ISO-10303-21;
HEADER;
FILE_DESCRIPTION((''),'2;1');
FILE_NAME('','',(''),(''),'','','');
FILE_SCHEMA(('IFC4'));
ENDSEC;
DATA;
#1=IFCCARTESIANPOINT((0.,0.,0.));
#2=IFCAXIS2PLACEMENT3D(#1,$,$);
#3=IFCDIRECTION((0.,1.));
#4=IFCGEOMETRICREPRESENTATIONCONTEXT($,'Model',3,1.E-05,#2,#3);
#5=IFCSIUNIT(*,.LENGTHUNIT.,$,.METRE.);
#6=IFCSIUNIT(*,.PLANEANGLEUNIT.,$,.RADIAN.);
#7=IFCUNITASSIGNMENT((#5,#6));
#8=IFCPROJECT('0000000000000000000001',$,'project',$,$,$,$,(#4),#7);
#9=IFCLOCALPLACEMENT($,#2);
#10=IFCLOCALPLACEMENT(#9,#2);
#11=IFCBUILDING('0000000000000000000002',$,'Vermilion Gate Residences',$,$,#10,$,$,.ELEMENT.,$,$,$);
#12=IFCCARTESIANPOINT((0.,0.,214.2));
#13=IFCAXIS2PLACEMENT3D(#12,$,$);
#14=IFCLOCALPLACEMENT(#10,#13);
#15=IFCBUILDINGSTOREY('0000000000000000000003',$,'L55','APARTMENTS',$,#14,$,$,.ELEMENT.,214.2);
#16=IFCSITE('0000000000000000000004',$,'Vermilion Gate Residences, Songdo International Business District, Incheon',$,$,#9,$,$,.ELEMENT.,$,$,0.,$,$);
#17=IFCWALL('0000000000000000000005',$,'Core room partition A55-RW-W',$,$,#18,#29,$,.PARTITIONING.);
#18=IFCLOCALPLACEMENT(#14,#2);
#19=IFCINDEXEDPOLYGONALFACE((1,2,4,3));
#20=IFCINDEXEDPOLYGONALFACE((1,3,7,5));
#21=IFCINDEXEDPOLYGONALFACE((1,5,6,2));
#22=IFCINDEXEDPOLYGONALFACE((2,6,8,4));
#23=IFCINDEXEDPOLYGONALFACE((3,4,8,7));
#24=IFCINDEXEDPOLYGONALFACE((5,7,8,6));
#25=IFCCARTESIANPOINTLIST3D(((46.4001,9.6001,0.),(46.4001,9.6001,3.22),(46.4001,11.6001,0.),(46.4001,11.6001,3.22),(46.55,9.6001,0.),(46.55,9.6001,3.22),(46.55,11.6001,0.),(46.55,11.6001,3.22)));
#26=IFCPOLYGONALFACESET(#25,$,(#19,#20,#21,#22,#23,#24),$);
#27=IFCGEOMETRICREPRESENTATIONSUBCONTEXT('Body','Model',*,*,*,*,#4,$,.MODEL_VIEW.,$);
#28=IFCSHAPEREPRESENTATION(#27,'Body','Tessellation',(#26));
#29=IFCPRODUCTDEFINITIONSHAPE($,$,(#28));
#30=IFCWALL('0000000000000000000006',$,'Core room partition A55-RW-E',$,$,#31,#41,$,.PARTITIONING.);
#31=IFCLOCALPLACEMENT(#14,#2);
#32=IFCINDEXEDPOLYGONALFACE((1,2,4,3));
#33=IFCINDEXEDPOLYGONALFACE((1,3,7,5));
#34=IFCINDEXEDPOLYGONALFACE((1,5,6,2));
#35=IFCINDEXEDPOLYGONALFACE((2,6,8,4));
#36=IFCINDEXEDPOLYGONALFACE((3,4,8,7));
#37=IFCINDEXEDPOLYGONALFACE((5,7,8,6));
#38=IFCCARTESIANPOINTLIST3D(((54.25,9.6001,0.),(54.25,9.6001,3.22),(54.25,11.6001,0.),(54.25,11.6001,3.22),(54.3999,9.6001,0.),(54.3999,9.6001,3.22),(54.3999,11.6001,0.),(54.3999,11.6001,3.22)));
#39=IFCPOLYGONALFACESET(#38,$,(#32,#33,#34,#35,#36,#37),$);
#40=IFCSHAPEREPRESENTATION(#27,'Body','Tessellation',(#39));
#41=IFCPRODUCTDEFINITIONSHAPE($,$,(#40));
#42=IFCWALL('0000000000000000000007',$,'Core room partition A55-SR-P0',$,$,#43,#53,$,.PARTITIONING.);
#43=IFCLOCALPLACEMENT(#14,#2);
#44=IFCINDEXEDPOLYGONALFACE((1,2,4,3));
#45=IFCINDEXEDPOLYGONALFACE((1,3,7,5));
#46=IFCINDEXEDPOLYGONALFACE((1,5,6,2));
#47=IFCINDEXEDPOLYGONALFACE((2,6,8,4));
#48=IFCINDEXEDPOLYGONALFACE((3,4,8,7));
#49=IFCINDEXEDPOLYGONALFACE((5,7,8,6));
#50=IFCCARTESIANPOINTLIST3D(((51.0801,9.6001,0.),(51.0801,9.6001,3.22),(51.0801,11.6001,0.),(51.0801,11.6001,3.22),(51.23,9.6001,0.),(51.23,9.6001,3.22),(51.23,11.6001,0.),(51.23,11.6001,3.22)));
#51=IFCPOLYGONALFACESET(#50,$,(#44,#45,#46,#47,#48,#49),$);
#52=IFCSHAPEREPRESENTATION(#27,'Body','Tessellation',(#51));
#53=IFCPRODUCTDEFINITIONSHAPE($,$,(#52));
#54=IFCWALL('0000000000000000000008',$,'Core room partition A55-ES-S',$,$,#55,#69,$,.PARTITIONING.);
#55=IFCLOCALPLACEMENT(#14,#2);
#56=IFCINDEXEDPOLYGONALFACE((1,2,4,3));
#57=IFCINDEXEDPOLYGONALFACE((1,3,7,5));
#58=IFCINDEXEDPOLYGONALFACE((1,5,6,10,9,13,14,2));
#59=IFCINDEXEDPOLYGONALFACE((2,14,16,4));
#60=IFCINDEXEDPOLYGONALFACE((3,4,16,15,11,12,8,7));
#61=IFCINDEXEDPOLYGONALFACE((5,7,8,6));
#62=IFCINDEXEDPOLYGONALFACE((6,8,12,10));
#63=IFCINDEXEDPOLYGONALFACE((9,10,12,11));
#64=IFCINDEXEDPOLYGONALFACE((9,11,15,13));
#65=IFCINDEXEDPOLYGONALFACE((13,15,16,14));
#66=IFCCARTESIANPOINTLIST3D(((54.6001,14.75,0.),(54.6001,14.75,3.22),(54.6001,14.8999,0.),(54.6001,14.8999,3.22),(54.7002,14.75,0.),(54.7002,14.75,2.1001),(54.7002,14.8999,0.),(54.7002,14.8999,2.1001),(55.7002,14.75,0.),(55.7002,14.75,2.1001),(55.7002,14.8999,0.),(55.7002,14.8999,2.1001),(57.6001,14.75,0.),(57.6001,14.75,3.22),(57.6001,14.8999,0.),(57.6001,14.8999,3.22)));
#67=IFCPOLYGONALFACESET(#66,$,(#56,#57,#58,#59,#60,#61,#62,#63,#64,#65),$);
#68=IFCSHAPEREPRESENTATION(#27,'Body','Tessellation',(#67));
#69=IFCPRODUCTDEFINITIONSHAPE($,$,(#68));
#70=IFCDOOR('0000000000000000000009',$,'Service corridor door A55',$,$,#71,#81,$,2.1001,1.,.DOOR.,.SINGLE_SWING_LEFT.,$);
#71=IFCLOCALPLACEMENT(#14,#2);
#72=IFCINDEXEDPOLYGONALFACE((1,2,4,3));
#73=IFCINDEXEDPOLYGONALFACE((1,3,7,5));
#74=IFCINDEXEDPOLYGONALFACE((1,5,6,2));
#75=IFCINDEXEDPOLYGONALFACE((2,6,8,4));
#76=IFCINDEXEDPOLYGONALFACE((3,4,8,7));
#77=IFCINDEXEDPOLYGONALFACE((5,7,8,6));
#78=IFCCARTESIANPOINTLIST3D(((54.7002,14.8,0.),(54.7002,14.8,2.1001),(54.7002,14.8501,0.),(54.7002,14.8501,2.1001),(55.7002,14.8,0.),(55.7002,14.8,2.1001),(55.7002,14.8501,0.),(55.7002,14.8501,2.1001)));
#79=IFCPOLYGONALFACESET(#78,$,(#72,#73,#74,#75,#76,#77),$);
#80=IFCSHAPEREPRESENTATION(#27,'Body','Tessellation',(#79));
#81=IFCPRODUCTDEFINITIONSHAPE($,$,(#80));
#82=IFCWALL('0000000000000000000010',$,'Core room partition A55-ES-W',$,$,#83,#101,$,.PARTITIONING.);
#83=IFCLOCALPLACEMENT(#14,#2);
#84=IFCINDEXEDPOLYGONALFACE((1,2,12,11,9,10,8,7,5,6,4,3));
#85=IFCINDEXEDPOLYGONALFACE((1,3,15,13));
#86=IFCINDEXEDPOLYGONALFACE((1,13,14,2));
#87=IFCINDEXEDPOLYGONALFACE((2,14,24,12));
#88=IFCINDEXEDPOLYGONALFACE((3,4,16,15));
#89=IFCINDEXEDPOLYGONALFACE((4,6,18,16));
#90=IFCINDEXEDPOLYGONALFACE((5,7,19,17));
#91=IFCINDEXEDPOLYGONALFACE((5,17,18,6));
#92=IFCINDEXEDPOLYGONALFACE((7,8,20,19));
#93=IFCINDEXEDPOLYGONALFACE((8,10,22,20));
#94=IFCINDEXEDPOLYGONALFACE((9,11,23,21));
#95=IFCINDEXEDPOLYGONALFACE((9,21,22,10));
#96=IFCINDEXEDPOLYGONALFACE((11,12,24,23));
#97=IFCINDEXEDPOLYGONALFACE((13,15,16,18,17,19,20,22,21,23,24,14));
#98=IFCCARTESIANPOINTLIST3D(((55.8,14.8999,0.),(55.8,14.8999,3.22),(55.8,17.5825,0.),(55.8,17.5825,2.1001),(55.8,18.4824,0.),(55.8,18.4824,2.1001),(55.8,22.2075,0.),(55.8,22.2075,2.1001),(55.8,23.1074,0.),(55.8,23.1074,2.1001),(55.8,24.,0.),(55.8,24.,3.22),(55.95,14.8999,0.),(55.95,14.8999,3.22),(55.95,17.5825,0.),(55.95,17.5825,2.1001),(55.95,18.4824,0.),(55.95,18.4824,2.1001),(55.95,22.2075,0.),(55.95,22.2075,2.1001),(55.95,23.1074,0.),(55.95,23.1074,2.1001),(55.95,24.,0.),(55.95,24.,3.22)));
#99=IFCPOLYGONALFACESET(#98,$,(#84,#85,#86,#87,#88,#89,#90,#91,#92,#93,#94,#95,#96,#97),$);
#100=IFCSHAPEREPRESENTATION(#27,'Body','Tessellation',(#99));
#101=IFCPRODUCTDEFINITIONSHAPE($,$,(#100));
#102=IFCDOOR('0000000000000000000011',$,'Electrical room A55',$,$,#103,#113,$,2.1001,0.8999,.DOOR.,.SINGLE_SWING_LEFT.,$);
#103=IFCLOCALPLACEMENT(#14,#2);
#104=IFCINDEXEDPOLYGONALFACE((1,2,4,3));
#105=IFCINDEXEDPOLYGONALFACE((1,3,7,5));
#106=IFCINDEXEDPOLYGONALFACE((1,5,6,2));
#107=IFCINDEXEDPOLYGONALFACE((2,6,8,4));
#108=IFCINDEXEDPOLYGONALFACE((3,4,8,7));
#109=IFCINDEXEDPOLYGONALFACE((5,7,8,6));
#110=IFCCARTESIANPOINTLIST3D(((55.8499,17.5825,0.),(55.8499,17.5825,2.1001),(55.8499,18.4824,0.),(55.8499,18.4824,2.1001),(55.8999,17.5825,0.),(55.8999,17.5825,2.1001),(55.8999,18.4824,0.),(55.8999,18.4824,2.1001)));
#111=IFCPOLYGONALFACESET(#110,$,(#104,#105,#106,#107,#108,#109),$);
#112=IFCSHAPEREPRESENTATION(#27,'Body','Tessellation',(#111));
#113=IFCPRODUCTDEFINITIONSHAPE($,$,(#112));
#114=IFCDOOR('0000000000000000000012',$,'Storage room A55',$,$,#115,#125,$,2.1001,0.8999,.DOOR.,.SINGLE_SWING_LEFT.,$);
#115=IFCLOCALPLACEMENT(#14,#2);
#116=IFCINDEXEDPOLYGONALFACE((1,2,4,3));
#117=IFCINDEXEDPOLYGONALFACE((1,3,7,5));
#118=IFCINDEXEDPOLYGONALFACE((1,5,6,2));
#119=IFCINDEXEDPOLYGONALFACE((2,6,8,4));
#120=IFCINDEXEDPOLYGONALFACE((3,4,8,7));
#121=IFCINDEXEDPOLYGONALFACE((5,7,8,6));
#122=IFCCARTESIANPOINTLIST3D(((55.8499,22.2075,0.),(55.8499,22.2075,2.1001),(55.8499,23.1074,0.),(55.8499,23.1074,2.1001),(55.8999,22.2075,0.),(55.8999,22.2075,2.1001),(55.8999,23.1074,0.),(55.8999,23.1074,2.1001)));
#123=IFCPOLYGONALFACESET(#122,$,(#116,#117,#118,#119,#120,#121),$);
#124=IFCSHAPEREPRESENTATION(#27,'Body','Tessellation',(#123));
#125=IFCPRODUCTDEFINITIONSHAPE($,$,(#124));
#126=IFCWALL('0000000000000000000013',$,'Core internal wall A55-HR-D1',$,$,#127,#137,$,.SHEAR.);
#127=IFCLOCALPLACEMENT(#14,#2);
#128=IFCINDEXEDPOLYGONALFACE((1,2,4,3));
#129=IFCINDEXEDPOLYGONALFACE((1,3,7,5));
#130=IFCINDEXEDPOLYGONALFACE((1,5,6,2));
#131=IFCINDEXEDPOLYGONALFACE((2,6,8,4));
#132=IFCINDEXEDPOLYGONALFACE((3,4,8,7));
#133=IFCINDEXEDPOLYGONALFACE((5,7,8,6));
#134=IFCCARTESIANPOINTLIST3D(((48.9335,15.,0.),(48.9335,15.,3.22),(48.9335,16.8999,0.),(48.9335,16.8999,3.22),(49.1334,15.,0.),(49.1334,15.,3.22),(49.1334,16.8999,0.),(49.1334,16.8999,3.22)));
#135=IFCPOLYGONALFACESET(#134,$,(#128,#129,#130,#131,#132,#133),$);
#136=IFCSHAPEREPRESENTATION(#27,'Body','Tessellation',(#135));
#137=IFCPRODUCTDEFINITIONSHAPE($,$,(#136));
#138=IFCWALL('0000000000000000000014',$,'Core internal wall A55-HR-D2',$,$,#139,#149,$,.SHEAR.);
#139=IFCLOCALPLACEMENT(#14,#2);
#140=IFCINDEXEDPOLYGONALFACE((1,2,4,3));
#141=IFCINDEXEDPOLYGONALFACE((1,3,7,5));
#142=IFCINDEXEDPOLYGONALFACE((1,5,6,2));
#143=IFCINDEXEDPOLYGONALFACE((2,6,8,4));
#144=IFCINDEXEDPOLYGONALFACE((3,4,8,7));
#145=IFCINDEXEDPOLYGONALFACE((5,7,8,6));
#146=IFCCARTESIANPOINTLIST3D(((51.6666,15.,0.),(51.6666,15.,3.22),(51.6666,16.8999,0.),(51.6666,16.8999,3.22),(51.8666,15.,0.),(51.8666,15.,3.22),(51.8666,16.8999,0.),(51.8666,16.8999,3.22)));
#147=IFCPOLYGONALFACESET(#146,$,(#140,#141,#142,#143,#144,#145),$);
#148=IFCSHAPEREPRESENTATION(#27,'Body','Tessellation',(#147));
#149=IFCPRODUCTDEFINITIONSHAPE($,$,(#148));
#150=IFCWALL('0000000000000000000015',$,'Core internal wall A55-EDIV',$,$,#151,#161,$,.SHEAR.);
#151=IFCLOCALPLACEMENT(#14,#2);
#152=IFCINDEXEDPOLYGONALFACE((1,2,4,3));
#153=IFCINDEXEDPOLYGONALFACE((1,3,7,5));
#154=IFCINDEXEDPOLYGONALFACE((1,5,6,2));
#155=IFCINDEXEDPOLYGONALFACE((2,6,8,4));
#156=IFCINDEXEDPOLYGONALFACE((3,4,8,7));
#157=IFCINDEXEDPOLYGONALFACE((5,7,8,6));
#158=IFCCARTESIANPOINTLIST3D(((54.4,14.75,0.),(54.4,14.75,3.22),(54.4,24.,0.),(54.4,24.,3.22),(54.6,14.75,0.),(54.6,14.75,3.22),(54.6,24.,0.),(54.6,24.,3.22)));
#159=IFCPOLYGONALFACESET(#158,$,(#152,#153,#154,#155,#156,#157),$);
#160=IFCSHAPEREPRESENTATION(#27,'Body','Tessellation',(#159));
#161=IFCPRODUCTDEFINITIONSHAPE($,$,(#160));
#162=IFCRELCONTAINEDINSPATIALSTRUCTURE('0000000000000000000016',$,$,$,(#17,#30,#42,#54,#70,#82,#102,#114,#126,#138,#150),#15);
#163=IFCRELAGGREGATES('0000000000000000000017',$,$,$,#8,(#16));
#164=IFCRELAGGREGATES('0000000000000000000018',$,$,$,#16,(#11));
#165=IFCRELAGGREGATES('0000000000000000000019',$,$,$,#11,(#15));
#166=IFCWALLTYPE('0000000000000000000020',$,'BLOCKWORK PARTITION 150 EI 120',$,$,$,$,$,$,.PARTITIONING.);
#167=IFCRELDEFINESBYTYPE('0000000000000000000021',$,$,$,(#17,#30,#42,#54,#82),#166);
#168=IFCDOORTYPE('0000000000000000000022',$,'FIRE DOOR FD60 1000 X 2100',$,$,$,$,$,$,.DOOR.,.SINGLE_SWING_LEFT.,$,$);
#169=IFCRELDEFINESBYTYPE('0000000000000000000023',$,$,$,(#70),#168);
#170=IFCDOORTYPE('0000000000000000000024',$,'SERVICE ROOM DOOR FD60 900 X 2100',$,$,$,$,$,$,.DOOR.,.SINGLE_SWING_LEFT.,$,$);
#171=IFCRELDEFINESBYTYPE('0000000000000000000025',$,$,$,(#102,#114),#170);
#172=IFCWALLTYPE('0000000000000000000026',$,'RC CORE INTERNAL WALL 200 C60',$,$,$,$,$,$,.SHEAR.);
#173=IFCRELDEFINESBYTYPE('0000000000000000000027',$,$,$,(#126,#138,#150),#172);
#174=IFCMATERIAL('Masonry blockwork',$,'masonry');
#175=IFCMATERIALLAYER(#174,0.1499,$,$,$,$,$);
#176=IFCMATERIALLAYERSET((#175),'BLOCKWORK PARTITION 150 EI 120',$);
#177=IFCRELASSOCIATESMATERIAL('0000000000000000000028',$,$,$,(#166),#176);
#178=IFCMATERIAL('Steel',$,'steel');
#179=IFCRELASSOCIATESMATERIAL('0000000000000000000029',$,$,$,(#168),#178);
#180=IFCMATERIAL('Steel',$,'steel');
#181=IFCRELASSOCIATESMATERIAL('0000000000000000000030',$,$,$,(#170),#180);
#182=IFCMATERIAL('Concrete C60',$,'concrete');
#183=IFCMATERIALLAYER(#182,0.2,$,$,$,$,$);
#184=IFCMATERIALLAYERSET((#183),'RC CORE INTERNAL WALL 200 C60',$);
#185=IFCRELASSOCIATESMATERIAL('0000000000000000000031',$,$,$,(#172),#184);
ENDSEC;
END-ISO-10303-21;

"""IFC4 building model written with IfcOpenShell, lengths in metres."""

from ifc_helpers import new_model, si_unit, direction, frame, frame_2d, origin, place, context, subcontext, project, spatial, rectangle, extrude, material, layer, layer_set, type_object, element, fill, save


model = new_model("IFC4")

# Units and contexts
model_context = context("Model", 3, precision=1e-05, world=origin(), true_north=direction((0.0, 1.0)))
body_context = subcontext(model_context, "Body", "Model", "MODEL_VIEW")
ifc_project = project(units=[si_unit("LENGTHUNIT", "METRE"), si_unit("PLANEANGLEUNIT", "RADIAN")], contexts=[model_context])

# Site, building, storey
site_placement = place(None, origin())
site = spatial("IfcSite", under=ifc_project, at=site_placement, Name="Vermilion Gate Residences, Songdo International Business District, Incheon", CompositionType="ELEMENT", RefElevation=0.0)
building_placement = place(site_placement, origin())
building = spatial("IfcBuilding", under=site, at=building_placement, Name="Vermilion Gate Residences", CompositionType="ELEMENT")
storey_placement = place(building_placement, frame((0.0, 0.0, 214.2)))
storey = spatial("IfcBuildingStorey", under=building, at=storey_placement, Name="L55", Description="APARTMENTS", CompositionType="ELEMENT", Elevation=214.2)

# Walls
ifc_material_1 = material(Name="Masonry blockwork", Category="masonry")
ifc_layer_1 = layer(ifc_material_1, 0.1499)
ifc_layer_set_1 = layer_set([ifc_layer_1], Name="BLOCKWORK PARTITION 150 EI 120")
wall_type_1 = type_object("IfcWallType", Name="BLOCKWORK PARTITION 150 EI 120", PredefinedType="PARTITIONING", material=ifc_layer_set_1)
for number, where, z_axis, x_axis, name in (
    (1, (46.4751, 9.6001, 0.0), (0.0, 0.0, 1.0), (0.0, 1.0, 0.0), "Core room partition A55-RW-W"),
    (2, (54.325, 9.6001, 0.0), (0.0, 0.0, 1.0), (0.0, 1.0, 0.0), "Core room partition A55-RW-E"),
    (3, (51.155, 9.6001, 0.0), (0.0, 0.0, 1.0), (0.0, 1.0, 0.0), "Core room partition A55-SR-P0"),
):
    element("IfcWall", number, at=place(storey_placement, frame(where, z_axis=z_axis, x_axis=x_axis)), inside=storey, type_object=wall_type_1, Name=name, PredefinedType="PARTITIONING", context=body_context, shape_type="SweptSolid", body=[
        extrude(rectangle(XDim=2.0, YDim=0.1499, at=frame_2d((1.0, 0.0))), origin(), (0.0, 0.0, 1.0), 3.22),
    ])

# Wall, opening, door
wall_1_placement = place(storey_placement, frame((54.6001, 14.825, 0.0), z_axis=(0.0, 0.0, 1.0), x_axis=(1.0, 0.0, 0.0)))
wall_1 = element("IfcWall", 4, at=wall_1_placement, inside=storey, type_object=wall_type_1, Name="Core room partition A55-ES-S", PredefinedType="PARTITIONING", context=body_context, shape_type="SweptSolid", body=[
    extrude(rectangle(XDim=3.0, YDim=0.1499, at=frame_2d((1.5, 0.0))), origin(), (0.0, 0.0, 1.0), 3.22),
])
opening_1_placement = place(wall_1_placement, frame((0.1001, 0.0, 0.0)))
opening_1 = element("IfcOpeningElement", 5, at=opening_1_placement, cuts=wall_1, PredefinedType="OPENING", context=body_context, shape_type="SweptSolid", body=[
    extrude(rectangle(XDim=1.0, YDim=2.1001, at=frame_2d((0.5, 1.05))), frame((0.0, 0.085, 0.0), z_axis=(0.0, -1.0, 0.0), x_axis=(1.0, 0.0, 0.0)), (0.0, 0.0, 1.0), 0.1699),
])
ifc_material_2 = material(Name="Steel", Category="steel")
door_type_1 = type_object("IfcDoorType", Name="FIRE DOOR FD60 1000 X 2100", OperationType="SINGLE_SWING_LEFT", PredefinedType="DOOR", material=ifc_material_2)
door_1_placement = place(opening_1_placement, frame((1.0, 0.0, 0.0), z_axis=(0.0, 0.0, 1.0), x_axis=(-1.0, 0.0, 0.0)))
door_1 = element("IfcDoor", 6, at=door_1_placement, inside=storey, type_object=door_type_1, Name="Service corridor door A55", OperationType="SINGLE_SWING_LEFT", OverallHeight=2.1001, OverallWidth=1.0, PredefinedType="DOOR", context=body_context, shape_type="SweptSolid", body=[
    extrude(rectangle(XDim=1.0, YDim=2.1001, at=frame_2d((0.5, 1.05))), frame((0.0, 0.0249, 0.0), z_axis=(0.0, -1.0, 0.0), x_axis=(1.0, 0.0, 0.0)), (0.0, 0.0, 1.0), 0.05),
])
fill(opening_1, door_1)

# Wall, openings, doors
wall_2_placement = place(storey_placement, frame((55.875, 14.8999, 0.0), z_axis=(0.0, 0.0, 1.0), x_axis=(0.0, 1.0, 0.0)))
wall_2 = element("IfcWall", 7, at=wall_2_placement, inside=storey, type_object=wall_type_1, Name="Core room partition A55-ES-W", PredefinedType="PARTITIONING", context=body_context, shape_type="SweptSolid", body=[
    extrude(rectangle(XDim=9.1001, YDim=0.1499, at=frame_2d((4.55, 0.0))), origin(), (0.0, 0.0, 1.0), 3.22),
])
opening_2_placement = place(wall_2_placement, frame((2.6826, 0.0, 0.0)))
opening_2 = element("IfcOpeningElement", 8, at=opening_2_placement, cuts=wall_2, PredefinedType="OPENING", context=body_context, shape_type="SweptSolid", body=[
    extrude(rectangle(XDim=0.8999, YDim=2.1001, at=frame_2d((0.45, 1.05))), frame((0.0, 0.085, 0.0), z_axis=(0.0, -1.0, 0.0), x_axis=(1.0, 0.0, 0.0)), (0.0, 0.0, 1.0), 0.1699),
])
opening_3_placement = place(wall_2_placement, frame((7.3076, 0.0, 0.0)))
opening_3 = element("IfcOpeningElement", 9, at=opening_3_placement, cuts=wall_2, PredefinedType="OPENING", context=body_context, shape_type="SweptSolid", body=[
    extrude(rectangle(XDim=0.8999, YDim=2.1001, at=frame_2d((0.45, 1.05))), frame((0.0, 0.085, 0.0), z_axis=(0.0, -1.0, 0.0), x_axis=(1.0, 0.0, 0.0)), (0.0, 0.0, 1.0), 0.1699),
])
ifc_material_3 = material(Name="Steel", Category="steel")
door_type_2 = type_object("IfcDoorType", Name="SERVICE ROOM DOOR FD60 900 X 2100", OperationType="SINGLE_SWING_LEFT", PredefinedType="DOOR", material=ifc_material_3)
door_2_placement = place(opening_2_placement, frame((0.8999, 0.0, 0.0), z_axis=(0.0, 0.0, 1.0), x_axis=(-1.0, 0.0, 0.0)))
door_2 = element("IfcDoor", 10, at=door_2_placement, inside=storey, type_object=door_type_2, Name="Electrical room A55", OperationType="SINGLE_SWING_LEFT", OverallHeight=2.1001, OverallWidth=0.8999, PredefinedType="DOOR", context=body_context, shape_type="SweptSolid", body=[
    extrude(rectangle(XDim=0.8999, YDim=2.1001, at=frame_2d((0.45, 1.05))), frame((0.0, 0.0249, 0.0), z_axis=(0.0, -1.0, 0.0), x_axis=(1.0, 0.0, 0.0)), (0.0, 0.0, 1.0), 0.05),
])
fill(opening_2, door_2)
door_3_placement = place(opening_3_placement, frame((0.8999, 0.0, 0.0), z_axis=(0.0, 0.0, 1.0), x_axis=(-1.0, 0.0, 0.0)))
door_3 = element("IfcDoor", 11, at=door_3_placement, inside=storey, type_object=door_type_2, Name="Storage room A55", OperationType="SINGLE_SWING_LEFT", OverallHeight=2.1001, OverallWidth=0.8999, PredefinedType="DOOR", context=body_context, shape_type="SweptSolid", body=[
    extrude(rectangle(XDim=0.8999, YDim=2.1001, at=frame_2d((0.45, 1.05))), frame((0.0, 0.0249, 0.0), z_axis=(0.0, -1.0, 0.0), x_axis=(1.0, 0.0, 0.0)), (0.0, 0.0, 1.0), 0.05),
])
fill(opening_3, door_3)

# Walls
ifc_material_4 = material(Name="Concrete C60", Category="concrete")
ifc_layer_2 = layer(ifc_material_4, 0.2)
ifc_layer_set_2 = layer_set([ifc_layer_2], Name="RC CORE INTERNAL WALL 200 C60")
wall_type_2 = type_object("IfcWallType", Name="RC CORE INTERNAL WALL 200 C60", PredefinedType="SHEAR", material=ifc_layer_set_2)
for number, where, z_axis, x_axis, name in (
    (12, (49.0334, 15.0, 0.0), (0.0, 0.0, 1.0), (0.0, 1.0, 0.0), "Core internal wall A55-HR-D1"),
    (13, (51.7666, 15.0, 0.0), (0.0, 0.0, 1.0), (0.0, 1.0, 0.0), "Core internal wall A55-HR-D2"),
):
    element("IfcWall", number, at=place(storey_placement, frame(where, z_axis=z_axis, x_axis=x_axis)), inside=storey, type_object=wall_type_2, Name=name, PredefinedType="SHEAR", context=body_context, shape_type="SweptSolid", body=[
        extrude(rectangle(XDim=1.8999, YDim=0.2, at=frame_2d((0.95, 0.0))), origin(), (0.0, 0.0, 1.0), 3.22),
    ])
wall_3_placement = place(storey_placement, frame((54.5, 14.75, 0.0), z_axis=(0.0, 0.0, 1.0), x_axis=(0.0, 1.0, 0.0)))
element("IfcWall", 14, at=wall_3_placement, inside=storey, type_object=wall_type_2, Name="Core internal wall A55-EDIV", PredefinedType="SHEAR", context=body_context, shape_type="SweptSolid", body=[
    extrude(rectangle(XDim=9.25, YDim=0.2, at=frame_2d((4.625, 0.0))), origin(), (0.0, 0.0, 1.0), 3.22),
])

save(model, "model.ifc")
